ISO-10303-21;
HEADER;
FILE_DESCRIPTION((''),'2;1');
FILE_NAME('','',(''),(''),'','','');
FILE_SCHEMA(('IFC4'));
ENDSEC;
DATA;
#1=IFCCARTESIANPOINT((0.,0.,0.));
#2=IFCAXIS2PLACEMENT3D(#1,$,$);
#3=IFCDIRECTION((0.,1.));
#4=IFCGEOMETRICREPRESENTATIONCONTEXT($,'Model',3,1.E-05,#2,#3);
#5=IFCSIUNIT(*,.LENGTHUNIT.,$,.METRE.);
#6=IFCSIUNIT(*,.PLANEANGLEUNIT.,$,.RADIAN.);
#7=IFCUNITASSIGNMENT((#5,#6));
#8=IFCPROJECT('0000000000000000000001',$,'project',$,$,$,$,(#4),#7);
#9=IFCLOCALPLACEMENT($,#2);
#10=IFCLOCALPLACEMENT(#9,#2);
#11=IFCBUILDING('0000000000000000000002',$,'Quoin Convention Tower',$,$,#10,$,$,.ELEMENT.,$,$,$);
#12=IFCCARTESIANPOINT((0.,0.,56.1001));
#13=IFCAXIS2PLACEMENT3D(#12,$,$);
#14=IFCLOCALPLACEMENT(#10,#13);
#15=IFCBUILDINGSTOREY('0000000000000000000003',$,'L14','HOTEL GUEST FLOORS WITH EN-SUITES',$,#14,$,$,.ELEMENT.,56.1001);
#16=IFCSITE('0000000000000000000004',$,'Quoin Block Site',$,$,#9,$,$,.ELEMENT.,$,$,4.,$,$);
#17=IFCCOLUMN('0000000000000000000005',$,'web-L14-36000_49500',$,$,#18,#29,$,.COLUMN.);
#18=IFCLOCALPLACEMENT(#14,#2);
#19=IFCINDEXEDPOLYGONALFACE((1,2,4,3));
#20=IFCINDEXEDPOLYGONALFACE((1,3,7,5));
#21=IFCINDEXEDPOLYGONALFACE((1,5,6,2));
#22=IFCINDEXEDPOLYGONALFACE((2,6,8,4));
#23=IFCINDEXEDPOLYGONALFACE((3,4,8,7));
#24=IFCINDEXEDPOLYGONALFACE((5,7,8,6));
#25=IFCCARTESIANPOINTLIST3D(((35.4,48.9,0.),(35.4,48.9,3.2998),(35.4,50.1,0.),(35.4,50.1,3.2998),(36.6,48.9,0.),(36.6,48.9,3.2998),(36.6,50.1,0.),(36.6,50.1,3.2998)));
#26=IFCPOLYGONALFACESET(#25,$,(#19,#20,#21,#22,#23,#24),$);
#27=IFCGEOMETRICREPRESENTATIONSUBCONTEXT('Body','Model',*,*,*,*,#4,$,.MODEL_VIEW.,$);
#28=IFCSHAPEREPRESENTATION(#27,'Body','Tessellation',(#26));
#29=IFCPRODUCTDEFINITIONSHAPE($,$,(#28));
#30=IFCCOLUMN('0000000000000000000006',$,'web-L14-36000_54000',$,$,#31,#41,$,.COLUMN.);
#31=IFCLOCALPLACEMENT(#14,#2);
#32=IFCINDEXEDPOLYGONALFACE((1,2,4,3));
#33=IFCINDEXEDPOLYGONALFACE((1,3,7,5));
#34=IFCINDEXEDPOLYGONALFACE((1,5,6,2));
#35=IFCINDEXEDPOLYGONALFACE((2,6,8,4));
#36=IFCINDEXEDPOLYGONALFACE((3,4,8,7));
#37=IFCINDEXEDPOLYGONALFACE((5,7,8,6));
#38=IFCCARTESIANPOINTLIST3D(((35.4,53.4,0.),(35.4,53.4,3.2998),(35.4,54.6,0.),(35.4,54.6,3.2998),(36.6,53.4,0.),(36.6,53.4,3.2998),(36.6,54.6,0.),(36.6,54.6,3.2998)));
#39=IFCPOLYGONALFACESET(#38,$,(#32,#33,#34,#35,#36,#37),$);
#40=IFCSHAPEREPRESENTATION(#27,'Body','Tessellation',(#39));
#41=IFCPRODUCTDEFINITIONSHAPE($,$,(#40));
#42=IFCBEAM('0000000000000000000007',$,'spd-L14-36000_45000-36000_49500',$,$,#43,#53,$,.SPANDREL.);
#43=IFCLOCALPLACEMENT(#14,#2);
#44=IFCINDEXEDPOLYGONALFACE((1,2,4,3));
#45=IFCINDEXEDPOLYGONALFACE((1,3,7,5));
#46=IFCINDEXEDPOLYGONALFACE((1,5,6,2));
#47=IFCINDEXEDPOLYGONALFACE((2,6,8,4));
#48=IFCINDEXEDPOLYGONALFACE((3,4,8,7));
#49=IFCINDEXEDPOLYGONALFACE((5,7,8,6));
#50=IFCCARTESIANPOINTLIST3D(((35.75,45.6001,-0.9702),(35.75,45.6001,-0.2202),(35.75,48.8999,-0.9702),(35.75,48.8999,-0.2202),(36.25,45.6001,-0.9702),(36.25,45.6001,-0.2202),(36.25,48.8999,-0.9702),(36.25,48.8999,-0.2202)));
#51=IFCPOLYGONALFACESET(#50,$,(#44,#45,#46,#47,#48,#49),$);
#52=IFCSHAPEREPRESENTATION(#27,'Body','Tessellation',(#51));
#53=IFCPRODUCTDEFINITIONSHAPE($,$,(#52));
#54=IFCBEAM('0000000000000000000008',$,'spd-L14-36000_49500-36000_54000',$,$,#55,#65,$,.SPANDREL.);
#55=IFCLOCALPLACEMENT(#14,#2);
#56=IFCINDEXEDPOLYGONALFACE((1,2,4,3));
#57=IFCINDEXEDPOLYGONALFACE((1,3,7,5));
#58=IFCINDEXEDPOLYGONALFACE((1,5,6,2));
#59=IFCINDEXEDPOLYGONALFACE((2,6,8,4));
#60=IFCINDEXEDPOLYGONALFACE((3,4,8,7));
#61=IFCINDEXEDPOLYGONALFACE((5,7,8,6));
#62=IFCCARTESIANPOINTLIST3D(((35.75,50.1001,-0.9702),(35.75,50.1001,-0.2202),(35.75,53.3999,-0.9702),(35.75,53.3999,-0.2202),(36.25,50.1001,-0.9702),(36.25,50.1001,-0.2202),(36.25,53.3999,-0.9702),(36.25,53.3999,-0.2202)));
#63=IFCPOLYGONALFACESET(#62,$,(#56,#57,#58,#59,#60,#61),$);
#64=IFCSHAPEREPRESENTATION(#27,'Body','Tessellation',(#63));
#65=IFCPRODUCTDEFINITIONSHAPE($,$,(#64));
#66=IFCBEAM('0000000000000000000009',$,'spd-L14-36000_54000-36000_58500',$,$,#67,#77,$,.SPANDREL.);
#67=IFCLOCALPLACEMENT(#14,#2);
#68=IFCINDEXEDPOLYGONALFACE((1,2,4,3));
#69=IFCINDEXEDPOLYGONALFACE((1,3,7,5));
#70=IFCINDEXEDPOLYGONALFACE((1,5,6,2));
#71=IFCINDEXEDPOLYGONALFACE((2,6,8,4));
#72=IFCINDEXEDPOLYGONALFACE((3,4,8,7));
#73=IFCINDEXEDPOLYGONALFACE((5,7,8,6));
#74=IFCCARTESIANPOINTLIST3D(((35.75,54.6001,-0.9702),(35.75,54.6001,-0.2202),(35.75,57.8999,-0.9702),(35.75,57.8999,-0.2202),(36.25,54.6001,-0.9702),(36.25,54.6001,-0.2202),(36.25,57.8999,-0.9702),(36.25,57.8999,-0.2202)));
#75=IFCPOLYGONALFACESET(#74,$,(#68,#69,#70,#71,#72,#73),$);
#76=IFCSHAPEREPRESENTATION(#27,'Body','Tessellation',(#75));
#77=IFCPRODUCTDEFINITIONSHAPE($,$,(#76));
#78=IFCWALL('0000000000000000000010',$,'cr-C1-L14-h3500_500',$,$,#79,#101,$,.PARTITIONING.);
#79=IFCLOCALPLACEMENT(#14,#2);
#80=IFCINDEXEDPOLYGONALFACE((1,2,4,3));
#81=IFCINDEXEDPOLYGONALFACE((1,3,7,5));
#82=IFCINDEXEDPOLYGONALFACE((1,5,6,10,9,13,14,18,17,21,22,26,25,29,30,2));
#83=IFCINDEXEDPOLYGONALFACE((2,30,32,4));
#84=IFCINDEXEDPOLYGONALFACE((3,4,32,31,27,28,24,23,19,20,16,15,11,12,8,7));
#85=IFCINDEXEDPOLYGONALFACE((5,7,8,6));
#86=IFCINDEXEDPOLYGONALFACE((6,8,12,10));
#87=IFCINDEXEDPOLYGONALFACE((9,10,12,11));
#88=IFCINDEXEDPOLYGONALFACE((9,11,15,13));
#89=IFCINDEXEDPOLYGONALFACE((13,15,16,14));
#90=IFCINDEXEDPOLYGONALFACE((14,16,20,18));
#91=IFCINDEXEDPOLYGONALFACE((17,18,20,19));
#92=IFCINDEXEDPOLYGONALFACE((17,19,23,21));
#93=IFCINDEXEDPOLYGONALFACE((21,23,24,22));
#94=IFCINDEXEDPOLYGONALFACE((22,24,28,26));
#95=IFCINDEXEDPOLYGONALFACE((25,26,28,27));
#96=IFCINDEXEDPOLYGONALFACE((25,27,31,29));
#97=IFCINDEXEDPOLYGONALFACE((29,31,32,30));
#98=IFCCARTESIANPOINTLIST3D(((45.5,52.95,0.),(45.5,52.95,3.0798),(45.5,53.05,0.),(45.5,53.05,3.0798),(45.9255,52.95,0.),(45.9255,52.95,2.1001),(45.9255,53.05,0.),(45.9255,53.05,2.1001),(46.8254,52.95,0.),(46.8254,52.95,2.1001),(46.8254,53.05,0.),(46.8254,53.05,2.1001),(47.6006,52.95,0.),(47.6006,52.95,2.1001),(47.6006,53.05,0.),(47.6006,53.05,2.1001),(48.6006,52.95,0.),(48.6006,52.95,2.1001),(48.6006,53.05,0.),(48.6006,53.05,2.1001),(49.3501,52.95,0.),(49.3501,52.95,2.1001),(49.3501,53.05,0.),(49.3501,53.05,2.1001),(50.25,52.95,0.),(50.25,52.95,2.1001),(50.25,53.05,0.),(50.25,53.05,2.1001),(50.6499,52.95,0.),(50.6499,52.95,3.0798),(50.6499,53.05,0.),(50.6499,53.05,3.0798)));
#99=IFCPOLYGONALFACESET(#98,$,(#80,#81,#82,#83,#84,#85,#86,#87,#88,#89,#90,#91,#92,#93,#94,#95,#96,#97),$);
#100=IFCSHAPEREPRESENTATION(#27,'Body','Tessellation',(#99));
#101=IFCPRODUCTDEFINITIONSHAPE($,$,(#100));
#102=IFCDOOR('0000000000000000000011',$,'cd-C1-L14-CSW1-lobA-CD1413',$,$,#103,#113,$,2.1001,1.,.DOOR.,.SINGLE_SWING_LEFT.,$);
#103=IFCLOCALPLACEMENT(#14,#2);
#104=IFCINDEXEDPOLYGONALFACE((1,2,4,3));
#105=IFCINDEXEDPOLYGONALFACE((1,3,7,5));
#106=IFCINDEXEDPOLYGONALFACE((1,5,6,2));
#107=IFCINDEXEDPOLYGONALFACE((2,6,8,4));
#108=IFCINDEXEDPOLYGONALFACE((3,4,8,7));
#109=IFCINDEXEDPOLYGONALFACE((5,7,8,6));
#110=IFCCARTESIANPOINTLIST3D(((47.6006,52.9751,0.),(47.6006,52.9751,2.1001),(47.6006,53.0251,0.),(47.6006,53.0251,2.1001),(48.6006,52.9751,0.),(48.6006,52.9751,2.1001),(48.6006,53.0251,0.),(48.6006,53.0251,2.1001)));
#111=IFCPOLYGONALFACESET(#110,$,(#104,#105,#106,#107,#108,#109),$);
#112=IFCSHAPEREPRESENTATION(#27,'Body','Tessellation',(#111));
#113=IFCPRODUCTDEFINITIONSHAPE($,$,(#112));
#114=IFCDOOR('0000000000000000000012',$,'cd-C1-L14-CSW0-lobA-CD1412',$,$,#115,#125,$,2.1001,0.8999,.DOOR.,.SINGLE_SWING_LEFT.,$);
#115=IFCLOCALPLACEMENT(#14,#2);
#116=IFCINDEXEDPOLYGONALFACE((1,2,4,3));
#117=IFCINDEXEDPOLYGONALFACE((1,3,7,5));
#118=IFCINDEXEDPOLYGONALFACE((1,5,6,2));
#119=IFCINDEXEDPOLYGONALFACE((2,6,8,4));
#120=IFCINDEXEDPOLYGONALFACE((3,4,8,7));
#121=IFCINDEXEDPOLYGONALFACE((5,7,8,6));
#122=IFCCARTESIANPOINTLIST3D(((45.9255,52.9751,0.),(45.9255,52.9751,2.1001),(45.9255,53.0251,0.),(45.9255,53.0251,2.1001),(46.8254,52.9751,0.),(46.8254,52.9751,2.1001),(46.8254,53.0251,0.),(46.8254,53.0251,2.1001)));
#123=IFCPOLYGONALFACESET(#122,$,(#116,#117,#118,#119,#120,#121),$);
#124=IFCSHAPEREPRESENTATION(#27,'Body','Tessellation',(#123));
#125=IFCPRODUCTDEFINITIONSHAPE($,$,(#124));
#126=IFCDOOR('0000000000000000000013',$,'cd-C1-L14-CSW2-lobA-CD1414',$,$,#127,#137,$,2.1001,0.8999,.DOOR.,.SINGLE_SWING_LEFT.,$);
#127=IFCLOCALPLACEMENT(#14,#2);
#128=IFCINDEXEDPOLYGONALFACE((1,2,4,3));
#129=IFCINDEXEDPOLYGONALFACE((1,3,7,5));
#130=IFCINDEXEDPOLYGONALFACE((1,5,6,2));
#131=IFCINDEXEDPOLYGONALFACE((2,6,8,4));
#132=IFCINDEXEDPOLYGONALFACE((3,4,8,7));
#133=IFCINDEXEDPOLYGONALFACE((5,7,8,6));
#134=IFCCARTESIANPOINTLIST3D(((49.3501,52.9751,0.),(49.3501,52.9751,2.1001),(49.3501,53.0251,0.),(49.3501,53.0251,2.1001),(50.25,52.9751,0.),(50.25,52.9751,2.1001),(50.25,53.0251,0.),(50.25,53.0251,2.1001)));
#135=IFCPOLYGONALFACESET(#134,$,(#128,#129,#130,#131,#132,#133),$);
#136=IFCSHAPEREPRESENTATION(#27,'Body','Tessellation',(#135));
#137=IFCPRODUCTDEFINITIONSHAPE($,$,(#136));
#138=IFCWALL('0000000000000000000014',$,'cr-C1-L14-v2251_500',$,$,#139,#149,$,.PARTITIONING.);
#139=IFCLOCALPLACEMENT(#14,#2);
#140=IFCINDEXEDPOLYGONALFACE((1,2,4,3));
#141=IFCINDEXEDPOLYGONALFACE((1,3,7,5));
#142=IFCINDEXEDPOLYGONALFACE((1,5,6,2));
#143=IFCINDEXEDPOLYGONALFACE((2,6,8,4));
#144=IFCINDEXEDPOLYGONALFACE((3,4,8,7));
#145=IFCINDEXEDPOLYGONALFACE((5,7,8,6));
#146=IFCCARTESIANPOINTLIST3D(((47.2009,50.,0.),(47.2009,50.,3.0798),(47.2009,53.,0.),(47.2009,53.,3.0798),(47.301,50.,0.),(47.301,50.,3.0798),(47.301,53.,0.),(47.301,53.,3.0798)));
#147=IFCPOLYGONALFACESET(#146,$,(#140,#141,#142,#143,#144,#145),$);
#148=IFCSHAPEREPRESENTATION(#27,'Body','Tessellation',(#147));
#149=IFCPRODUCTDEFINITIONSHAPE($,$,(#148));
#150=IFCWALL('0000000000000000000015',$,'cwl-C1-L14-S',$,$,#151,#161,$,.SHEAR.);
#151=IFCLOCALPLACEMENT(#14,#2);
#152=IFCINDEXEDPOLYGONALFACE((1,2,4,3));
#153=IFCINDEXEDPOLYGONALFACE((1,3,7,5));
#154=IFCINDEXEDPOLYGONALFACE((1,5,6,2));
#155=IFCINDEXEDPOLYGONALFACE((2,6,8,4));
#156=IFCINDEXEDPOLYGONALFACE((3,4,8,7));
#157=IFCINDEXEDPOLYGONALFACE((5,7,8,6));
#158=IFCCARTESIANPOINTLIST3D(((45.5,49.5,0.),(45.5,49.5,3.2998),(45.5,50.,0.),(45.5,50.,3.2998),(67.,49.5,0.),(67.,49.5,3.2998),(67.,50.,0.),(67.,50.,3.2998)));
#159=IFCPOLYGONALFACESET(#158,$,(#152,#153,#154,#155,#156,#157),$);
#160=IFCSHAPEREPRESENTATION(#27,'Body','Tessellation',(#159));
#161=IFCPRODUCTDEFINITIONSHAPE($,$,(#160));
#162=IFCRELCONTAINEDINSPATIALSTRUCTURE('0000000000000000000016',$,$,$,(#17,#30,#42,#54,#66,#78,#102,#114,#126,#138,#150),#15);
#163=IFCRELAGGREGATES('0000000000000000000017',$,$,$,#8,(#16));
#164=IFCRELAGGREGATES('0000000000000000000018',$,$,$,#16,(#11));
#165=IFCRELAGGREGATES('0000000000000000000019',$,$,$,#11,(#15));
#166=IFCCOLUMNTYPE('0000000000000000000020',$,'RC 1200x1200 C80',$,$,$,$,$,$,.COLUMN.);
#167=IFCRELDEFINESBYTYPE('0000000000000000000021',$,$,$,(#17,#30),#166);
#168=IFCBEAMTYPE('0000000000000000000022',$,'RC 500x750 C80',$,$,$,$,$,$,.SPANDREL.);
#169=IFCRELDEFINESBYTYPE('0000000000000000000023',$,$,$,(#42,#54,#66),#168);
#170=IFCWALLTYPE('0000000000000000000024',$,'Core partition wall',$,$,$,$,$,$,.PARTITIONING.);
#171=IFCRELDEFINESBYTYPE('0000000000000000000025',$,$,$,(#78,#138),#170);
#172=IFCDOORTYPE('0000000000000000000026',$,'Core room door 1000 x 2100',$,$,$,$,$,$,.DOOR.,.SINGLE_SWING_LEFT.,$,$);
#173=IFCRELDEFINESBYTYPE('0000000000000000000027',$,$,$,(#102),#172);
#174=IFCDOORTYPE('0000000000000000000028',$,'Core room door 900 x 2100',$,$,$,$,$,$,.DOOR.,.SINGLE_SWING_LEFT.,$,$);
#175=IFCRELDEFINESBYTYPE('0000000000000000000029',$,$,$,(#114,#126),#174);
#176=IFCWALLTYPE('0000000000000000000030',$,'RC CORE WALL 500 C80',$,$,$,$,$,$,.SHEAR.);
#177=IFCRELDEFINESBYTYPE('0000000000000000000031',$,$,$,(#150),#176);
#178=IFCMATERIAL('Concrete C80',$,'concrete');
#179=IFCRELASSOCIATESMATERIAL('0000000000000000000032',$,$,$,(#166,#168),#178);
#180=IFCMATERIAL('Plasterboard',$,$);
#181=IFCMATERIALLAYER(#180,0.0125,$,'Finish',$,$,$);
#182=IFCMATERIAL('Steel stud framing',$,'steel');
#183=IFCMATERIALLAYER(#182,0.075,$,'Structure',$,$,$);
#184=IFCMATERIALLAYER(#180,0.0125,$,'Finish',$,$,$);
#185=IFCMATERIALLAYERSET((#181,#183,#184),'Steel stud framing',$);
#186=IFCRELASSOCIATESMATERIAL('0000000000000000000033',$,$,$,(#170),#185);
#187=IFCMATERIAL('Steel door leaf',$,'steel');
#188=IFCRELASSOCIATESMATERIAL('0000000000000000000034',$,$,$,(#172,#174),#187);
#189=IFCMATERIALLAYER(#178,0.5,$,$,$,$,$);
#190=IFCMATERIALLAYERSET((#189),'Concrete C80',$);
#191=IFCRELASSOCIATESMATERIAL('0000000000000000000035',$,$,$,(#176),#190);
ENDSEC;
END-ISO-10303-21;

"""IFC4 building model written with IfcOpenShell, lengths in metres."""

from ifc_helpers import new_model, si_unit, direction, frame, frame_2d, origin, origin_2d, place, context, subcontext, project, spatial, rectangle, extrude, material, layer, layer_set, material_profile, profile_set, type_object, element, fill, save


model = new_model("IFC4")

# Units and contexts
model_context = context("Model", 3, precision=1e-05, world=origin(), true_north=direction((0.0, 1.0)))
body_context = subcontext(model_context, "Body", "Model", "MODEL_VIEW")
ifc_project = project(units=[si_unit("LENGTHUNIT", "METRE"), si_unit("PLANEANGLEUNIT", "RADIAN")], contexts=[model_context])

# Site, building, storey
site_placement = place(None, origin())
site = spatial("IfcSite", under=ifc_project, at=site_placement, Name="Quoin Block Site", CompositionType="ELEMENT", RefElevation=4.0)
building_placement = place(site_placement, origin())
building = spatial("IfcBuilding", under=site, at=building_placement, Name="Quoin Convention Tower", CompositionType="ELEMENT")
storey_placement = place(building_placement, frame((0.0, 0.0, 56.1001)))
storey = spatial("IfcBuildingStorey", under=building, at=storey_placement, Name="L14", Description="HOTEL GUEST FLOORS WITH EN-SUITES", CompositionType="ELEMENT", Elevation=56.1001)

# Columns
ifc_material_1 = material(Name="Concrete C80", Category="concrete")
ifc_material_profile_1 = material_profile(ifc_material_1, rectangle(XDim=1.2, YDim=1.2, at=origin_2d()), Name="RC 1200x1200")
ifc_profile_set_1 = profile_set([ifc_material_profile_1], Name="Concrete C80")
column_type = type_object("IfcColumnType", Name="RC 1200x1200 C80", PredefinedType="COLUMN", material=ifc_profile_set_1)
for number, where, z_axis, x_axis, name in (
    (1, (36.0, 49.5, 0.0), (0.0, 0.0, 1.0), (1.0, 0.0, 0.0), "web-L14-36000_49500"),
    (2, (36.0, 54.0, 0.0), (0.0, 0.0, 1.0), (1.0, 0.0, 0.0), "web-L14-36000_54000"),
):
    element("IfcColumn", number, at=place(storey_placement, frame(where, z_axis=z_axis, x_axis=x_axis)), inside=storey, type_object=column_type, Name=name, PredefinedType="COLUMN", context=body_context, shape_type="SweptSolid", body=[
        extrude(rectangle(XDim=1.2, YDim=1.2, at=origin_2d()), origin(), (0.0, 0.0, 1.0), 3.2998),
    ])

# Beams
ifc_material_profile_2 = material_profile(ifc_material_1, rectangle(XDim=0.5, YDim=0.75, at=origin_2d()), Name="RC 500x750")
ifc_profile_set_2 = profile_set([ifc_material_profile_2], Name="Concrete C80")
beam_type = type_object("IfcBeamType", Name="RC 500x750 C80", PredefinedType="SPANDREL", material=ifc_profile_set_2)
for number, where, z_axis, x_axis, name in (
    (3, (36.0, 45.6001, -0.5952), (0.0, 1.0, 0.0), (-1.0, 0.0, 0.0), "spd-L14-36000_45000-36000_49500"),
    (4, (36.0, 50.1001, -0.5952), (0.0, 1.0, 0.0), (-1.0, 0.0, 0.0), "spd-L14-36000_49500-36000_54000"),
    (5, (36.0, 54.6001, -0.5952), (0.0, 1.0, 0.0), (-1.0, 0.0, 0.0), "spd-L14-36000_54000-36000_58500"),
):
    element("IfcBeam", number, at=place(storey_placement, frame(where, z_axis=z_axis, x_axis=x_axis)), inside=storey, type_object=beam_type, Name=name, PredefinedType="SPANDREL", context=body_context, shape_type="SweptSolid", body=[
        extrude(rectangle(XDim=0.5, YDim=0.75, at=origin_2d()), origin(), (0.0, 0.0, 1.0), 3.2998),
    ])

# Wall, openings, doors
ifc_material_2 = material(Name="Plasterboard")
ifc_layer_1 = layer(ifc_material_2, 0.0125, Name="Finish")
ifc_material_3 = material(Name="Steel stud framing", Category="steel")
ifc_layer_2 = layer(ifc_material_3, 0.075, Name="Structure")
ifc_layer_3 = layer(ifc_material_2, 0.0125, Name="Finish")
ifc_layer_set_1 = layer_set([ifc_layer_1, ifc_layer_2, ifc_layer_3], Name="Steel stud framing")
wall_type_1 = type_object("IfcWallType", Name="Core partition wall", PredefinedType="PARTITIONING", material=ifc_layer_set_1)
wall_1_placement = place(storey_placement, frame((45.5, 53.0, 0.0), z_axis=(0.0, 0.0, 1.0), x_axis=(1.0, 0.0, 0.0)))
wall_1 = element("IfcWall", 6, at=wall_1_placement, inside=storey, type_object=wall_type_1, Name="cr-C1-L14-h3500_500", PredefinedType="PARTITIONING", context=body_context, shape_type="SweptSolid", body=[
    extrude(rectangle(XDim=5.1499, YDim=0.1001, at=frame_2d((2.575, 0.0))), origin(), (0.0, 0.0, 1.0), 3.0798),
])
opening_1_placement = place(wall_1_placement, frame((0.4255, 0.0, 0.0)))
opening_1 = element("IfcOpeningElement", 7, at=opening_1_placement, cuts=wall_1, PredefinedType="OPENING", context=body_context, shape_type="SweptSolid", body=[
    extrude(rectangle(XDim=0.8999, YDim=2.1001, at=frame_2d((0.45, 1.05))), frame((0.0, 0.0601, 0.0), z_axis=(0.0, -1.0, 0.0), x_axis=(1.0, 0.0, 0.0)), (0.0, 0.0, 1.0), 0.1201),
])
opening_2_placement = place(wall_1_placement, frame((2.1006, 0.0, 0.0)))
opening_2 = element("IfcOpeningElement", 8, at=opening_2_placement, cuts=wall_1, PredefinedType="OPENING", context=body_context, shape_type="SweptSolid", body=[
    extrude(rectangle(XDim=1.0, YDim=2.1001, at=frame_2d((0.5, 1.05))), frame((0.0, 0.0601, 0.0), z_axis=(0.0, -1.0, 0.0), x_axis=(1.0, 0.0, 0.0)), (0.0, 0.0, 1.0), 0.1201),
])
opening_3_placement = place(wall_1_placement, frame((3.8501, 0.0, 0.0)))
opening_3 = element("IfcOpeningElement", 9, at=opening_3_placement, cuts=wall_1, PredefinedType="OPENING", context=body_context, shape_type="SweptSolid", body=[
    extrude(rectangle(XDim=0.8999, YDim=2.1001, at=frame_2d((0.45, 1.05))), frame((0.0, 0.0601, 0.0), z_axis=(0.0, -1.0, 0.0), x_axis=(1.0, 0.0, 0.0)), (0.0, 0.0, 1.0), 0.1201),
])
ifc_material_4 = material(Name="Steel door leaf", Category="steel")
door_type_1 = type_object("IfcDoorType", Name="Core room door 1000 x 2100", OperationType="SINGLE_SWING_LEFT", PredefinedType="DOOR", material=ifc_material_4)
door_1_placement = place(opening_2_placement, frame((1.0, 0.0, 0.0), z_axis=(0.0, 0.0, 1.0), x_axis=(-1.0, 0.0, 0.0)))
door_1 = element("IfcDoor", 10, at=door_1_placement, inside=storey, type_object=door_type_1, Name="cd-C1-L14-CSW1-lobA-CD1413", OperationType="SINGLE_SWING_LEFT", OverallHeight=2.1001, OverallWidth=1.0, PredefinedType="DOOR", context=body_context, shape_type="SweptSolid", body=[
    extrude(rectangle(XDim=1.0, YDim=2.1001, at=frame_2d((0.5, 1.05))), frame((0.0, 0.0249, 0.0), z_axis=(0.0, -1.0, 0.0), x_axis=(1.0, 0.0, 0.0)), (0.0, 0.0, 1.0), 0.05),
])
fill(opening_2, door_1)
door_type_2 = type_object("IfcDoorType", Name="Core room door 900 x 2100", OperationType="SINGLE_SWING_LEFT", PredefinedType="DOOR", material=ifc_material_4)
door_2_placement = place(opening_1_placement, frame((0.8999, 0.0, 0.0), z_axis=(0.0, 0.0, 1.0), x_axis=(-1.0, 0.0, 0.0)))
door_2 = element("IfcDoor", 11, at=door_2_placement, inside=storey, type_object=door_type_2, Name="cd-C1-L14-CSW0-lobA-CD1412", OperationType="SINGLE_SWING_LEFT", OverallHeight=2.1001, OverallWidth=0.8999, PredefinedType="DOOR", context=body_context, shape_type="SweptSolid", body=[
    extrude(rectangle(XDim=0.8999, YDim=2.1001, at=frame_2d((0.45, 1.05))), frame((0.0, 0.0249, 0.0), z_axis=(0.0, -1.0, 0.0), x_axis=(1.0, 0.0, 0.0)), (0.0, 0.0, 1.0), 0.05),
])
fill(opening_1, door_2)
door_3_placement = place(opening_3_placement, frame((0.8999, 0.0, 0.0), z_axis=(0.0, 0.0, 1.0), x_axis=(-1.0, 0.0, 0.0)))
door_3 = element("IfcDoor", 12, at=door_3_placement, inside=storey, type_object=door_type_2, Name="cd-C1-L14-CSW2-lobA-CD1414", OperationType="SINGLE_SWING_LEFT", OverallHeight=2.1001, OverallWidth=0.8999, PredefinedType="DOOR", context=body_context, shape_type="SweptSolid", body=[
    extrude(rectangle(XDim=0.8999, YDim=2.1001, at=frame_2d((0.45, 1.05))), frame((0.0, 0.0249, 0.0), z_axis=(0.0, -1.0, 0.0), x_axis=(1.0, 0.0, 0.0)), (0.0, 0.0, 1.0), 0.05),
])
fill(opening_3, door_3)

# Walls
wall_2_placement = place(storey_placement, frame((47.251, 50.0, 0.0), z_axis=(0.0, 0.0, 1.0), x_axis=(0.0, 1.0, 0.0)))
element("IfcWall", 13, at=wall_2_placement, inside=storey, type_object=wall_type_1, Name="cr-C1-L14-v2251_500", PredefinedType="PARTITIONING", context=body_context, shape_type="SweptSolid", body=[
    extrude(rectangle(XDim=3.0, YDim=0.1001, at=frame_2d((1.5, 0.0))), origin(), (0.0, 0.0, 1.0), 3.0798),
])
ifc_layer_4 = layer(ifc_material_1, 0.5)
ifc_layer_set_2 = layer_set([ifc_layer_4], Name="Concrete C80")
wall_type_2 = type_object("IfcWallType", Name="RC CORE WALL 500 C80", PredefinedType="SHEAR", material=ifc_layer_set_2)
wall_3_placement = place(storey_placement, frame((45.5, 49.75, 0.0), z_axis=(0.0, 0.0, 1.0), x_axis=(1.0, 0.0, 0.0)))
element("IfcWall", 14, at=wall_3_placement, inside=storey, type_object=wall_type_2, Name="cwl-C1-L14-S", PredefinedType="SHEAR", context=body_context, shape_type="SweptSolid", body=[
    extrude(rectangle(XDim=21.5, YDim=0.5, at=frame_2d((10.75, 0.0))), origin(), (0.0, 0.0, 1.0), 3.2998),
])

save(model, "model.ifc")
